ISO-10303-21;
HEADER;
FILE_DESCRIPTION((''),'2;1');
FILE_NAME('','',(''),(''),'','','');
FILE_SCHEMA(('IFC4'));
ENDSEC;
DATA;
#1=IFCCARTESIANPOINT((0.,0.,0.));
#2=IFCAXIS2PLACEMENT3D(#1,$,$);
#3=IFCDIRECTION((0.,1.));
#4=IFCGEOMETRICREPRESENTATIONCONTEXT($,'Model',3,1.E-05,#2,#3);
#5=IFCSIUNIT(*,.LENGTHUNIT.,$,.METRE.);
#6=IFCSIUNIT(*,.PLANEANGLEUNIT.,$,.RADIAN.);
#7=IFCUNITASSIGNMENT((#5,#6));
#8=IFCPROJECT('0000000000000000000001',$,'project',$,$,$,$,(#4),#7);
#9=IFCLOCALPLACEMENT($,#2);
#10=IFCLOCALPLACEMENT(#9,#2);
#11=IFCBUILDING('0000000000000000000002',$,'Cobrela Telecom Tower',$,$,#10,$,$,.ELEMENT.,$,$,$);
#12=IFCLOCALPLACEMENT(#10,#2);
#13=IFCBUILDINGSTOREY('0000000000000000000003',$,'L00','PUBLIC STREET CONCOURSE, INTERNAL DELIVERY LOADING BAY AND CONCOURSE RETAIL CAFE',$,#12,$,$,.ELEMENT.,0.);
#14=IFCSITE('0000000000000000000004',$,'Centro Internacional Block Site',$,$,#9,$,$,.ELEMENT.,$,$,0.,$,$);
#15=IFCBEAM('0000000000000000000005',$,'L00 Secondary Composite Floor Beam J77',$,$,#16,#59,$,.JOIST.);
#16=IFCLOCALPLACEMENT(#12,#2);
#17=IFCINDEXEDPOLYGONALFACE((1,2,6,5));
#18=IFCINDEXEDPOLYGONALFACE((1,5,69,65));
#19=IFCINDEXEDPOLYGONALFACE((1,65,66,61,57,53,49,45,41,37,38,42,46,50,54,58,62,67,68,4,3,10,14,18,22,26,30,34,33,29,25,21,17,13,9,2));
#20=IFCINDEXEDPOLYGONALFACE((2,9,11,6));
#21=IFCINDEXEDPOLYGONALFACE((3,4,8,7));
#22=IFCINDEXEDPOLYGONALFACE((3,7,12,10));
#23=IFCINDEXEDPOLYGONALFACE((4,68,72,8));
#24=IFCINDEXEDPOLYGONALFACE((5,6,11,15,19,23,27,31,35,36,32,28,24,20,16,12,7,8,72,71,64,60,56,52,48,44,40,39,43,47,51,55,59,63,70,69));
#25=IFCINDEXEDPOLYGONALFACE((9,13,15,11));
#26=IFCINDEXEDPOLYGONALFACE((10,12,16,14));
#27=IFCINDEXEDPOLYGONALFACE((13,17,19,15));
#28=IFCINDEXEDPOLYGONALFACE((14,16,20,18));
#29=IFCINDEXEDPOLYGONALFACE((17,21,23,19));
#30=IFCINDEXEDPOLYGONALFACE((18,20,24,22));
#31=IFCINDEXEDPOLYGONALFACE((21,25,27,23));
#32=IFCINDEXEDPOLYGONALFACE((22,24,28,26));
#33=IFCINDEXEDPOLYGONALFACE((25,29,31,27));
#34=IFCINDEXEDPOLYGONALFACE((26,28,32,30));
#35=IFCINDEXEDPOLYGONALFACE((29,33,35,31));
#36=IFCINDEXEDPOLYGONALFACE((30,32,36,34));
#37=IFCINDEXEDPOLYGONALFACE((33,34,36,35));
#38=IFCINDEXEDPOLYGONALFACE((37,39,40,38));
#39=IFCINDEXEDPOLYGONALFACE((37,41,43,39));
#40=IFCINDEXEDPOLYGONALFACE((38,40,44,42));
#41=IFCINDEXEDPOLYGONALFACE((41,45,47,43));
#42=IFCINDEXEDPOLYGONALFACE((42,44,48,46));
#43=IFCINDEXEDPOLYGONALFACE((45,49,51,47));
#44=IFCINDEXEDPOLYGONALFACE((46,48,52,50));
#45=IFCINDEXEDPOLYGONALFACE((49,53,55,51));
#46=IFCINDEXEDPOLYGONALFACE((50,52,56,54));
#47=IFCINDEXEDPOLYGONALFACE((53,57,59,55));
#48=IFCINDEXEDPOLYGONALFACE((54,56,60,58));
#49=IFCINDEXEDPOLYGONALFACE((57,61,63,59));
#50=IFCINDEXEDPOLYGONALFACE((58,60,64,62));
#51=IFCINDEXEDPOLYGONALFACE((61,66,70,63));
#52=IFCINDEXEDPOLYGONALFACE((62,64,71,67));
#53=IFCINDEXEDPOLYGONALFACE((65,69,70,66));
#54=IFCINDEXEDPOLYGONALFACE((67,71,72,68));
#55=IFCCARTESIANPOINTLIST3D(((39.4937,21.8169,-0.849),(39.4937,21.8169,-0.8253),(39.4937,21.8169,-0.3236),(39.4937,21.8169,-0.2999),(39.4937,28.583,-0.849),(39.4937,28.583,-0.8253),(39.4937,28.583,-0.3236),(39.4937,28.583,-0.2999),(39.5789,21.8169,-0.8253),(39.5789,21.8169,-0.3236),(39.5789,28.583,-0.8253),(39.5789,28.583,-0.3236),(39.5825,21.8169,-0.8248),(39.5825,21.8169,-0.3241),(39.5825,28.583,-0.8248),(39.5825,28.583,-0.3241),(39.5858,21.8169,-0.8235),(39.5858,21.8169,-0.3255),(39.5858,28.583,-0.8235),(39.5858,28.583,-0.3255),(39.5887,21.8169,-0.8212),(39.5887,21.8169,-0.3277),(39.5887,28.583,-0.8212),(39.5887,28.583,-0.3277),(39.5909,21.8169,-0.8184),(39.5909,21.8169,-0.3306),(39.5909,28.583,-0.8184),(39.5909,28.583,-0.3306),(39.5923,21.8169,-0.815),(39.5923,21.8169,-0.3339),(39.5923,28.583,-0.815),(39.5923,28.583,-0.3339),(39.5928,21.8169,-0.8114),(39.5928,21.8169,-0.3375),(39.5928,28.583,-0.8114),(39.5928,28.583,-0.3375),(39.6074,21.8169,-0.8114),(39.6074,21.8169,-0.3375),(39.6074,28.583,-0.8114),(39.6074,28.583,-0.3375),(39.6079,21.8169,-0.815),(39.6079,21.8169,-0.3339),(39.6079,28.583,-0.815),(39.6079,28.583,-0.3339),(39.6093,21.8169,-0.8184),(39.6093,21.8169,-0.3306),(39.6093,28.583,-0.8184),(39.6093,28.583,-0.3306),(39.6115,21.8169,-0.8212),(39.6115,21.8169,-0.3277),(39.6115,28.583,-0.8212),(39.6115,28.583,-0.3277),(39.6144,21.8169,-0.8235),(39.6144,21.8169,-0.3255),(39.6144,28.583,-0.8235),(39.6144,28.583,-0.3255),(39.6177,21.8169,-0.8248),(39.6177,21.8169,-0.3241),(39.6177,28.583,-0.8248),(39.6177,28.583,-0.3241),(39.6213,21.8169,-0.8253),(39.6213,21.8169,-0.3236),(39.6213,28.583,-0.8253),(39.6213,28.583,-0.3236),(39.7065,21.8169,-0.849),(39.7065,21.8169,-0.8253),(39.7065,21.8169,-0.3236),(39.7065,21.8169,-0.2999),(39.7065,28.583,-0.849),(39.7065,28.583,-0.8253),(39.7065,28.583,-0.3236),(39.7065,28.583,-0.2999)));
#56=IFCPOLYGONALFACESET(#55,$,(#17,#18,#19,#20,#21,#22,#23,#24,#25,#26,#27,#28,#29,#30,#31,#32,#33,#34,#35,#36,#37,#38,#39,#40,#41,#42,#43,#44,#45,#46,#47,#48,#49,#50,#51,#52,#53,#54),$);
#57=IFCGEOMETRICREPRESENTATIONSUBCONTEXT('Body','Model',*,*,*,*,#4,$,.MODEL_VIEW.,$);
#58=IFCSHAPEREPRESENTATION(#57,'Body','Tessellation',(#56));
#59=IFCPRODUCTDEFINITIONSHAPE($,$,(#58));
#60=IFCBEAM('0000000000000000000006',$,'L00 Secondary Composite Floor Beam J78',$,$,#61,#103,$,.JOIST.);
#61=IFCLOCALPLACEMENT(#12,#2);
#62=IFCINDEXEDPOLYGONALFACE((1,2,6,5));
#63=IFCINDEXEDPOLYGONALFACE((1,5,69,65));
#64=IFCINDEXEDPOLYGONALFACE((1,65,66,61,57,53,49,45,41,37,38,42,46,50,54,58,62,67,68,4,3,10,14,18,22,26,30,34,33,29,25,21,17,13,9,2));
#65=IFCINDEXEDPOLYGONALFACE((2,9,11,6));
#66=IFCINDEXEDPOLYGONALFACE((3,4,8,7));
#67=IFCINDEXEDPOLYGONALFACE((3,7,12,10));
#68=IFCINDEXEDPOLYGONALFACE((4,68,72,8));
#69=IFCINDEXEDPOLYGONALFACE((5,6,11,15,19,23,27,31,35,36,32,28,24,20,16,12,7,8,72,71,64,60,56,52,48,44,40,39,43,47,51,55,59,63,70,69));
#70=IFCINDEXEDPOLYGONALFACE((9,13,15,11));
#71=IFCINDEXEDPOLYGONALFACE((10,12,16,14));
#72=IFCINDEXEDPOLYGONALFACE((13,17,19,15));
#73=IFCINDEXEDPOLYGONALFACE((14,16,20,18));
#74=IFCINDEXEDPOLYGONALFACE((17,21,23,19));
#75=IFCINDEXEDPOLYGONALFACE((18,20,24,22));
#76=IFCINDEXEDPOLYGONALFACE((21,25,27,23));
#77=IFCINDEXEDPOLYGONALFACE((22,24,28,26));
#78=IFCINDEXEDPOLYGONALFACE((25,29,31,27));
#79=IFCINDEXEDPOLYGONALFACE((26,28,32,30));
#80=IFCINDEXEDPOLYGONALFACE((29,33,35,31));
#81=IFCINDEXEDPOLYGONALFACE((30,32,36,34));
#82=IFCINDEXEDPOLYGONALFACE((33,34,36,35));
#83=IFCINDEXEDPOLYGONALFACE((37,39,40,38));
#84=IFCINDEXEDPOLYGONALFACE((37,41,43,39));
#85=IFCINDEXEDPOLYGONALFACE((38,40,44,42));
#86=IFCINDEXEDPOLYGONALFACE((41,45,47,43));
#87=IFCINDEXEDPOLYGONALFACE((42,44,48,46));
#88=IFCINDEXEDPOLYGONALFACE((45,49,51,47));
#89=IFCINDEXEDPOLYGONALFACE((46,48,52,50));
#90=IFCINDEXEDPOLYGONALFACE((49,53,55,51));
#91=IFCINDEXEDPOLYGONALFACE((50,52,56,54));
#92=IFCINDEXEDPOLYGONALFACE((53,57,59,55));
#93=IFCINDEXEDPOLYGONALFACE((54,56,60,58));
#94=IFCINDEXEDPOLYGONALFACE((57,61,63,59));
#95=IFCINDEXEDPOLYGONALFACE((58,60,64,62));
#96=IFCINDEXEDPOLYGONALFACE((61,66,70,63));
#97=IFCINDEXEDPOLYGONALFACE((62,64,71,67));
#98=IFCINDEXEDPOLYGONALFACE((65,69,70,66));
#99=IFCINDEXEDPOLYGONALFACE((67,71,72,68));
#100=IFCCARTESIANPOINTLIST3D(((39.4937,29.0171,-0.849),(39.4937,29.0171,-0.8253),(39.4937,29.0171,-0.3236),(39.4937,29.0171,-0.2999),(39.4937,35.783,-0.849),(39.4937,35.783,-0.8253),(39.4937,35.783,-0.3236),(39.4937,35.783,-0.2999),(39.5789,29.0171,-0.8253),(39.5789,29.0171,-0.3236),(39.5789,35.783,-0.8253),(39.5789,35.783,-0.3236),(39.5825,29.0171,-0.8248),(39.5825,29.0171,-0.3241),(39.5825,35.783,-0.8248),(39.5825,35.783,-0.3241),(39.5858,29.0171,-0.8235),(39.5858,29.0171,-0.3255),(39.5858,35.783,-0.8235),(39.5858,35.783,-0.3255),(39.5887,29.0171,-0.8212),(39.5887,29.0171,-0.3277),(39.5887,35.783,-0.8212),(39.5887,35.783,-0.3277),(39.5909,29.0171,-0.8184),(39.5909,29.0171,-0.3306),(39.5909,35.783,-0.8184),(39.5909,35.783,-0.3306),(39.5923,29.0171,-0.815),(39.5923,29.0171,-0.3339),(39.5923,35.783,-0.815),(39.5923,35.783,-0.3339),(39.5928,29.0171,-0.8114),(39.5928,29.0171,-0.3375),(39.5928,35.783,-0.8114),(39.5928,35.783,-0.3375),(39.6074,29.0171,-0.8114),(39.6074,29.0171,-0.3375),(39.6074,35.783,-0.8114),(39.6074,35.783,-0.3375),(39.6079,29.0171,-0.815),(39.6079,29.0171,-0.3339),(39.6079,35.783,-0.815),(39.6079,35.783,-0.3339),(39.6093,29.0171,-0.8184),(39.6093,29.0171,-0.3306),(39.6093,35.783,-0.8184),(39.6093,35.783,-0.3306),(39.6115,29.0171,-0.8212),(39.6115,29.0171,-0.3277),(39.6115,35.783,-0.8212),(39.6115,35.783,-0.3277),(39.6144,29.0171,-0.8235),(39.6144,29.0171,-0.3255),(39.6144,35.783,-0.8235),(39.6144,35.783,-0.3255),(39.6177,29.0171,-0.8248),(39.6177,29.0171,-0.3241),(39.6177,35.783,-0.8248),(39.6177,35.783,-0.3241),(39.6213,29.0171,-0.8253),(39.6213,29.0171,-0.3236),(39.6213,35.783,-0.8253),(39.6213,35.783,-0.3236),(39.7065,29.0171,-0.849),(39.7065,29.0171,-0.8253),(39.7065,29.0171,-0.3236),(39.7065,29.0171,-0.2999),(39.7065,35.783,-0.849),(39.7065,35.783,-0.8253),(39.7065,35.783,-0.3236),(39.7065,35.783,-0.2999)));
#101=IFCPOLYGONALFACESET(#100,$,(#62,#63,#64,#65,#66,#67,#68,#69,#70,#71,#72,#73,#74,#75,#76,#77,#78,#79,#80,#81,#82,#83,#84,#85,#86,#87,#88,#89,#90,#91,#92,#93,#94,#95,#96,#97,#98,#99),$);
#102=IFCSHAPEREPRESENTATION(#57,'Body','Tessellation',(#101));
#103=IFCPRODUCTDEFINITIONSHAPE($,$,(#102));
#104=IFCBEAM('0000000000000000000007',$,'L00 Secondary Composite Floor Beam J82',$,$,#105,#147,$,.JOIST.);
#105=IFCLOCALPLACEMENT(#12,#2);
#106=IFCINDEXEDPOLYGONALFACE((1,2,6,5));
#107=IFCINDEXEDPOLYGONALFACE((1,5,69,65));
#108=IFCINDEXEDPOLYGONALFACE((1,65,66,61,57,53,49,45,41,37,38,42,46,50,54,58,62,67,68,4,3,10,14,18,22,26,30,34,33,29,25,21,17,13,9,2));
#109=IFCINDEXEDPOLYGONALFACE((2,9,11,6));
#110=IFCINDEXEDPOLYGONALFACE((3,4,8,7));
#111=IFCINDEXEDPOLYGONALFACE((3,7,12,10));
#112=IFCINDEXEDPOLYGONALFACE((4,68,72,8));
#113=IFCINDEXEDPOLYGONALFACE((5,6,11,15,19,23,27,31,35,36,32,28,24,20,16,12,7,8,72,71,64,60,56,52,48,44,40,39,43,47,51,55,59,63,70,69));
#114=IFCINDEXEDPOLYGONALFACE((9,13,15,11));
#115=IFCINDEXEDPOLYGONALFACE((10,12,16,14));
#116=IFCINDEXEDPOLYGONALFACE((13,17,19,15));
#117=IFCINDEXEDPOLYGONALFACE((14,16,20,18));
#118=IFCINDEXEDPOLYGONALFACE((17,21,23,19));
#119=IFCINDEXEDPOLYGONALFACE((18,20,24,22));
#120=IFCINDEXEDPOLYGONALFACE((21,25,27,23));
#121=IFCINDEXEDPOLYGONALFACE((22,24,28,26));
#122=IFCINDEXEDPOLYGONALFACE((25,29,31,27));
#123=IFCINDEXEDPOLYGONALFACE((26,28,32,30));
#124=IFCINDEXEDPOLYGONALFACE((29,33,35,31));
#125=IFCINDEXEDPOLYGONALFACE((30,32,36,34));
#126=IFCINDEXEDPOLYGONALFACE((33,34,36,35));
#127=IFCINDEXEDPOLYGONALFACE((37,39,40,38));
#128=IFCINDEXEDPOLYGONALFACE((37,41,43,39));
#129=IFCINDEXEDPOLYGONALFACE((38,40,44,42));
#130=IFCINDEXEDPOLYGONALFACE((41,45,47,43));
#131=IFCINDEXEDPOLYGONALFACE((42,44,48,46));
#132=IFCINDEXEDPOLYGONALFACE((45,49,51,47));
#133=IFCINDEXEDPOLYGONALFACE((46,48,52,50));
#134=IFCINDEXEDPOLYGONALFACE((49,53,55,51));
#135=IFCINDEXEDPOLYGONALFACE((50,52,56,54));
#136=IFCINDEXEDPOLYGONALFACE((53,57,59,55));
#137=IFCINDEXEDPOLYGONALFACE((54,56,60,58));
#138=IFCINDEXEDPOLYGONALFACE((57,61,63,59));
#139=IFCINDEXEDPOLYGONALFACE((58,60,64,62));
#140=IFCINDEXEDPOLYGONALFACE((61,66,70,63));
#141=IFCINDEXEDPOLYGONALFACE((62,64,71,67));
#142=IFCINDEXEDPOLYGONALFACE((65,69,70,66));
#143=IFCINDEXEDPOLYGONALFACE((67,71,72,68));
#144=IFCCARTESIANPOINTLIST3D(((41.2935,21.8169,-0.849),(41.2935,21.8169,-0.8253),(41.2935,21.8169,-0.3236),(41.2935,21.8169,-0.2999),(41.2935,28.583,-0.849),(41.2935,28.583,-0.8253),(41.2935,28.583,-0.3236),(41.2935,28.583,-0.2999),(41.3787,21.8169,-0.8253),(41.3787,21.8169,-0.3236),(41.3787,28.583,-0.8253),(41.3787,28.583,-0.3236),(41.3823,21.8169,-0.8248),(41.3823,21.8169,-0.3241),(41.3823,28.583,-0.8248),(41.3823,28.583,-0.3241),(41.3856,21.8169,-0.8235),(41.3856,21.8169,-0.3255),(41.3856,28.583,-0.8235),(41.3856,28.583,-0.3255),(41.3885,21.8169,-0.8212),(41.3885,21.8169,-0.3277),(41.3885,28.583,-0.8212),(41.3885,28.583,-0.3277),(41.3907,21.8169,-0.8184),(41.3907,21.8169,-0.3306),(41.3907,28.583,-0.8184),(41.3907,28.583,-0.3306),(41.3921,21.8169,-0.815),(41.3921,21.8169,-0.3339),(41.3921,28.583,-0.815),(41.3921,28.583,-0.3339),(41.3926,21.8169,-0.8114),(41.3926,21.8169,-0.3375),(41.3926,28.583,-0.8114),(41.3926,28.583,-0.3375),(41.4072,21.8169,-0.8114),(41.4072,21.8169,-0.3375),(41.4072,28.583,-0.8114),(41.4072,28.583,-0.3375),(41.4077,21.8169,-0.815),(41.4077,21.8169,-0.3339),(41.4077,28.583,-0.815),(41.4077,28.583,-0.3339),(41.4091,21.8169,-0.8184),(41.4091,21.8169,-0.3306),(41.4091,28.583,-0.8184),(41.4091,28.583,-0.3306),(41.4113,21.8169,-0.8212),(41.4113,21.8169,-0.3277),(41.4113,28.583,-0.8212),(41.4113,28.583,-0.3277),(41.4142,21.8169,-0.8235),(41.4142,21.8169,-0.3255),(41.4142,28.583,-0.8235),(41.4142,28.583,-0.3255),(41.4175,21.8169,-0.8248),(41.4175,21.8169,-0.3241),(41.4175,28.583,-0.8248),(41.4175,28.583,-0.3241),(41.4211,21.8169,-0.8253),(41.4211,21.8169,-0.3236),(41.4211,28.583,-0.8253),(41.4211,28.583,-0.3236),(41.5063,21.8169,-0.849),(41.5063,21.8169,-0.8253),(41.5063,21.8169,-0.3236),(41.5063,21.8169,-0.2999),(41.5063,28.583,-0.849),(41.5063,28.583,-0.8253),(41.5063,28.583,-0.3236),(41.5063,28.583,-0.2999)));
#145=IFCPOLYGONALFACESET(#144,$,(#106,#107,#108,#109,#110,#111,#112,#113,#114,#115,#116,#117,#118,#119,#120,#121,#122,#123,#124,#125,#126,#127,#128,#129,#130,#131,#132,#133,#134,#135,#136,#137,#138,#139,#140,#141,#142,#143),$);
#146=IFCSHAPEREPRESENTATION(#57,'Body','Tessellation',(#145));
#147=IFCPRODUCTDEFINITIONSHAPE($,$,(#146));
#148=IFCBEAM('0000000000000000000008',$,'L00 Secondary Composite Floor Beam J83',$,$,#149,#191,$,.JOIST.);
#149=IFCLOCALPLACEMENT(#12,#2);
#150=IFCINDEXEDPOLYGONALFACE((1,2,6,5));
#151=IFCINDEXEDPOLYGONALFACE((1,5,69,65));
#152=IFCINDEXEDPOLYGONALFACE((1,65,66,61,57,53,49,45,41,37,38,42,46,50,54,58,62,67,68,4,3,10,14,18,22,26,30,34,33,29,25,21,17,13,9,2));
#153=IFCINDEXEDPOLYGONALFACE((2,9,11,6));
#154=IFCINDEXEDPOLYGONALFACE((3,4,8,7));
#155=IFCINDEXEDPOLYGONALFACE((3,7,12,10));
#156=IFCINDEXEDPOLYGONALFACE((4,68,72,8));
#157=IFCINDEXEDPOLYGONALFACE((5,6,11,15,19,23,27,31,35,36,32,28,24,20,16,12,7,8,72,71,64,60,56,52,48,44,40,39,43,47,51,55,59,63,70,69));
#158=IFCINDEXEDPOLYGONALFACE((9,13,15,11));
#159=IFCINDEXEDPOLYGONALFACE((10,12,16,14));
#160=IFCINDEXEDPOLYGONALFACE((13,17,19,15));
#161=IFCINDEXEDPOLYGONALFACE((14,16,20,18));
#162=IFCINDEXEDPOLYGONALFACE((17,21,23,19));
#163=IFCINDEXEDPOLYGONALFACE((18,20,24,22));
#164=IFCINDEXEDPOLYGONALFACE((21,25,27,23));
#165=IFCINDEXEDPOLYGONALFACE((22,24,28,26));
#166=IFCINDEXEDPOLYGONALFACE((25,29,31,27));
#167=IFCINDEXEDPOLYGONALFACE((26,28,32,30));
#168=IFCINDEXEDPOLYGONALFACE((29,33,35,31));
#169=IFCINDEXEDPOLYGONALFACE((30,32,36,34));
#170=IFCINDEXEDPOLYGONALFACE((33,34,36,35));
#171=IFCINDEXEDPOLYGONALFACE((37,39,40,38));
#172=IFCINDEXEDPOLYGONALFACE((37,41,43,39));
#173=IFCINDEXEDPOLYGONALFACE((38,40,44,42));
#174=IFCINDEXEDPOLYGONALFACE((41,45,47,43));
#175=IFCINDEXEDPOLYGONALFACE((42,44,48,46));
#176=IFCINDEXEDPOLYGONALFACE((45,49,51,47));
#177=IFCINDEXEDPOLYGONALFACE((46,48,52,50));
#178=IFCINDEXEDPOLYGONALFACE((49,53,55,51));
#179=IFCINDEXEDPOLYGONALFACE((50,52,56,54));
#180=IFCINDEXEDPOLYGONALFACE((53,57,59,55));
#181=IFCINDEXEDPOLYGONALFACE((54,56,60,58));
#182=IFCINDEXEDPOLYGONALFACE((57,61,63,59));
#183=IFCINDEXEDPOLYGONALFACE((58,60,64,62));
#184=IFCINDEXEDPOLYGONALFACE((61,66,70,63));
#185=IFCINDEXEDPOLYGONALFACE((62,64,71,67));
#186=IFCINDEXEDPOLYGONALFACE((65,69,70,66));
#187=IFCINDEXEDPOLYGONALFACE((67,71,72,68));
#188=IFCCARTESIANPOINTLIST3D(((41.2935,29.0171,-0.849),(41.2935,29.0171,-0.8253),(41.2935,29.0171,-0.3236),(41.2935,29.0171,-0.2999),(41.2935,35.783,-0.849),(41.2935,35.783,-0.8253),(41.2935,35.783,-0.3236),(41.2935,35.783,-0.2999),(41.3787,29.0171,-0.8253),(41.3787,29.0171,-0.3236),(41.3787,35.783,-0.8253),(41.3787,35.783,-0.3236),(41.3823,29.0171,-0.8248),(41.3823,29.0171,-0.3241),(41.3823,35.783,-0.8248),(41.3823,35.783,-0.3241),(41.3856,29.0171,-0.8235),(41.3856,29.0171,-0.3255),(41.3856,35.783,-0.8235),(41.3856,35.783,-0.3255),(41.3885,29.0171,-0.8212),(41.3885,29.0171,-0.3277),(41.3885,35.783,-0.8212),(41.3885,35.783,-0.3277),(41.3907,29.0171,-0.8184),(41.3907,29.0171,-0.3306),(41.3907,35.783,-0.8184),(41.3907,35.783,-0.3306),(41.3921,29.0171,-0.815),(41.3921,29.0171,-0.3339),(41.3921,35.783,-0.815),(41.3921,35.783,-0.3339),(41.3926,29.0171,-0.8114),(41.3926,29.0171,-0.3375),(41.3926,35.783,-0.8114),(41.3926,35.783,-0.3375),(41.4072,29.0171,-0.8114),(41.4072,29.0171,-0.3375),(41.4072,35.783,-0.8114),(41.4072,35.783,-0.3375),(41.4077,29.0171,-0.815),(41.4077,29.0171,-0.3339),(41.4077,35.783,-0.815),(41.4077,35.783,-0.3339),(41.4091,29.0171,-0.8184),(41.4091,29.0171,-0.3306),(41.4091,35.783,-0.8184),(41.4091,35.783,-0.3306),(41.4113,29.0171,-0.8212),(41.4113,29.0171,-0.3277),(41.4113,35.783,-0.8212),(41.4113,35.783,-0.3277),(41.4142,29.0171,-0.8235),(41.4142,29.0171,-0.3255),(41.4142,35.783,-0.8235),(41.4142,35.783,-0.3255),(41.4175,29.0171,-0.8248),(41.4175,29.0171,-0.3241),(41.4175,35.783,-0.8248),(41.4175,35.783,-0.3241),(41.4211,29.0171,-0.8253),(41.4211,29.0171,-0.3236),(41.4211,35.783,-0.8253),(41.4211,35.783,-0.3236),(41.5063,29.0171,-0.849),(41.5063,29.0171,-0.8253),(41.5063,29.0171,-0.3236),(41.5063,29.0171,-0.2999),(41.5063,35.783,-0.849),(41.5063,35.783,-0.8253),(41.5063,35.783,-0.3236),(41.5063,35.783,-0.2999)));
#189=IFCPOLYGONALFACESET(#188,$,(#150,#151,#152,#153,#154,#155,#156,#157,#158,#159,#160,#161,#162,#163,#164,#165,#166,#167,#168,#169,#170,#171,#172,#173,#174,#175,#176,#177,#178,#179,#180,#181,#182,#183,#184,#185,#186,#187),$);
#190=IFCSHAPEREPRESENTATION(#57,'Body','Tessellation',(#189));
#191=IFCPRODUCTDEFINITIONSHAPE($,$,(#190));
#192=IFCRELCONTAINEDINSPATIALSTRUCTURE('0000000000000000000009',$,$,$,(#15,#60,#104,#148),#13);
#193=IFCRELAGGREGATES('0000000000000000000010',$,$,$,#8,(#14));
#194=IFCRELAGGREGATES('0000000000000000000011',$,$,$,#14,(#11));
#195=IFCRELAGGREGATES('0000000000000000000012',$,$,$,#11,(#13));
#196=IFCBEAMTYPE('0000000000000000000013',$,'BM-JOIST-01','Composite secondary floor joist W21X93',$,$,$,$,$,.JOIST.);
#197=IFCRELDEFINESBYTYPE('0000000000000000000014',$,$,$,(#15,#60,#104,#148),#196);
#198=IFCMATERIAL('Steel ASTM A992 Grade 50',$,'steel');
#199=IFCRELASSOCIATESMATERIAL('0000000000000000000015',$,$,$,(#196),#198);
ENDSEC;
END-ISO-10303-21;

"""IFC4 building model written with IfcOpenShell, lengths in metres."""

from ifc_helpers import new_model, si_unit, direction, frame, origin, origin_2d, place, context, subcontext, project, spatial, i_section, extrude, material, material_profile, profile_set, type_object, element, save


model = new_model("IFC4")

# Units and contexts
model_context = context("Model", 3, precision=1e-05, world=origin(), true_north=direction((0.0, 1.0)))
body_context = subcontext(model_context, "Body", "Model", "MODEL_VIEW")
ifc_project = project(units=[si_unit("LENGTHUNIT", "METRE"), si_unit("PLANEANGLEUNIT", "RADIAN")], contexts=[model_context])

# Site, building, storey
site_placement = place(None, origin())
site = spatial("IfcSite", under=ifc_project, at=site_placement, Name="Centro Internacional Block Site", CompositionType="ELEMENT", RefElevation=0.0)
building_placement = place(site_placement, origin())
building = spatial("IfcBuilding", under=site, at=building_placement, Name="Cobrela Telecom Tower", CompositionType="ELEMENT")
storey_placement = place(building_placement, origin())
storey = spatial("IfcBuildingStorey", under=building, at=storey_placement, Name="L00", Description="PUBLIC STREET CONCOURSE, INTERNAL DELIVERY LOADING BAY AND CONCOURSE RETAIL CAFE", CompositionType="ELEMENT", Elevation=0.0)

# Beams
ifc_material_1 = material(Name="Steel ASTM A992 Grade 50", Category="steel")
ifc_material_profile_1 = material_profile(ifc_material_1, i_section(OverallWidth=0.2129, OverallDepth=0.5491, WebThickness=0.0146, FlangeThickness=0.0237, FilletRadius=0.0139, at=origin_2d()), Name="W21X93")
ifc_profile_set_1 = profile_set([ifc_material_profile_1], Name="Steel ASTM A992 Grade 50")
beam_type_1 = type_object("IfcBeamType", Name="BM-JOIST-01", Description="Composite secondary floor joist W21X93", PredefinedType="JOIST", material=ifc_profile_set_1)
beam_1_placement = place(storey_placement, frame((39.6001, 21.8169, -0.5745), z_axis=(0.0, 1.0, 0.0), x_axis=(-1.0, 0.0, 0.0)))
element("IfcBeam", 1, at=beam_1_placement, inside=storey, type_object=beam_type_1, Name="L00 Secondary Composite Floor Beam J77", PredefinedType="JOIST", context=body_context, shape_type="SweptSolid", body=[
    extrude(i_section(OverallWidth=0.2129, OverallDepth=0.5491, WebThickness=0.0146, FlangeThickness=0.0237, FilletRadius=0.0139, at=origin_2d()), origin(), (0.0, 0.0, 1.0), 6.7661),
])
beam_2_placement = place(storey_placement, frame((39.6001, 29.0171, -0.5745), z_axis=(0.0, 1.0, 0.0), x_axis=(-1.0, 0.0, 0.0)))
element("IfcBeam", 2, at=beam_2_placement, inside=storey, type_object=beam_type_1, Name="L00 Secondary Composite Floor Beam J78", PredefinedType="JOIST", context=body_context, shape_type="SweptSolid", body=[
    extrude(i_section(OverallWidth=0.2129, OverallDepth=0.5491, WebThickness=0.0146, FlangeThickness=0.0237, FilletRadius=0.0139, at=origin_2d()), origin(), (0.0, 0.0, 1.0), 6.7659),
])
beam_3_placement = place(storey_placement, frame((41.3999, 21.8169, -0.5745), z_axis=(0.0, 1.0, 0.0), x_axis=(-1.0, 0.0, 0.0)))
element("IfcBeam", 3, at=beam_3_placement, inside=storey, type_object=beam_type_1, Name="L00 Secondary Composite Floor Beam J82", PredefinedType="JOIST", context=body_context, shape_type="SweptSolid", body=[
    extrude(i_section(OverallWidth=0.2129, OverallDepth=0.5491, WebThickness=0.0146, FlangeThickness=0.0237, FilletRadius=0.0139, at=origin_2d()), origin(), (0.0, 0.0, 1.0), 6.7661),
])
beam_4_placement = place(storey_placement, frame((41.3999, 29.0171, -0.5745), z_axis=(0.0, 1.0, 0.0), x_axis=(-1.0, 0.0, 0.0)))
element("IfcBeam", 4, at=beam_4_placement, inside=storey, type_object=beam_type_1, Name="L00 Secondary Composite Floor Beam J83", PredefinedType="JOIST", context=body_context, shape_type="SweptSolid", body=[
    extrude(i_section(OverallWidth=0.2129, OverallDepth=0.5491, WebThickness=0.0146, FlangeThickness=0.0237, FilletRadius=0.0139, at=origin_2d()), origin(), (0.0, 0.0, 1.0), 6.7659),
])

save(model, "model.ifc")
